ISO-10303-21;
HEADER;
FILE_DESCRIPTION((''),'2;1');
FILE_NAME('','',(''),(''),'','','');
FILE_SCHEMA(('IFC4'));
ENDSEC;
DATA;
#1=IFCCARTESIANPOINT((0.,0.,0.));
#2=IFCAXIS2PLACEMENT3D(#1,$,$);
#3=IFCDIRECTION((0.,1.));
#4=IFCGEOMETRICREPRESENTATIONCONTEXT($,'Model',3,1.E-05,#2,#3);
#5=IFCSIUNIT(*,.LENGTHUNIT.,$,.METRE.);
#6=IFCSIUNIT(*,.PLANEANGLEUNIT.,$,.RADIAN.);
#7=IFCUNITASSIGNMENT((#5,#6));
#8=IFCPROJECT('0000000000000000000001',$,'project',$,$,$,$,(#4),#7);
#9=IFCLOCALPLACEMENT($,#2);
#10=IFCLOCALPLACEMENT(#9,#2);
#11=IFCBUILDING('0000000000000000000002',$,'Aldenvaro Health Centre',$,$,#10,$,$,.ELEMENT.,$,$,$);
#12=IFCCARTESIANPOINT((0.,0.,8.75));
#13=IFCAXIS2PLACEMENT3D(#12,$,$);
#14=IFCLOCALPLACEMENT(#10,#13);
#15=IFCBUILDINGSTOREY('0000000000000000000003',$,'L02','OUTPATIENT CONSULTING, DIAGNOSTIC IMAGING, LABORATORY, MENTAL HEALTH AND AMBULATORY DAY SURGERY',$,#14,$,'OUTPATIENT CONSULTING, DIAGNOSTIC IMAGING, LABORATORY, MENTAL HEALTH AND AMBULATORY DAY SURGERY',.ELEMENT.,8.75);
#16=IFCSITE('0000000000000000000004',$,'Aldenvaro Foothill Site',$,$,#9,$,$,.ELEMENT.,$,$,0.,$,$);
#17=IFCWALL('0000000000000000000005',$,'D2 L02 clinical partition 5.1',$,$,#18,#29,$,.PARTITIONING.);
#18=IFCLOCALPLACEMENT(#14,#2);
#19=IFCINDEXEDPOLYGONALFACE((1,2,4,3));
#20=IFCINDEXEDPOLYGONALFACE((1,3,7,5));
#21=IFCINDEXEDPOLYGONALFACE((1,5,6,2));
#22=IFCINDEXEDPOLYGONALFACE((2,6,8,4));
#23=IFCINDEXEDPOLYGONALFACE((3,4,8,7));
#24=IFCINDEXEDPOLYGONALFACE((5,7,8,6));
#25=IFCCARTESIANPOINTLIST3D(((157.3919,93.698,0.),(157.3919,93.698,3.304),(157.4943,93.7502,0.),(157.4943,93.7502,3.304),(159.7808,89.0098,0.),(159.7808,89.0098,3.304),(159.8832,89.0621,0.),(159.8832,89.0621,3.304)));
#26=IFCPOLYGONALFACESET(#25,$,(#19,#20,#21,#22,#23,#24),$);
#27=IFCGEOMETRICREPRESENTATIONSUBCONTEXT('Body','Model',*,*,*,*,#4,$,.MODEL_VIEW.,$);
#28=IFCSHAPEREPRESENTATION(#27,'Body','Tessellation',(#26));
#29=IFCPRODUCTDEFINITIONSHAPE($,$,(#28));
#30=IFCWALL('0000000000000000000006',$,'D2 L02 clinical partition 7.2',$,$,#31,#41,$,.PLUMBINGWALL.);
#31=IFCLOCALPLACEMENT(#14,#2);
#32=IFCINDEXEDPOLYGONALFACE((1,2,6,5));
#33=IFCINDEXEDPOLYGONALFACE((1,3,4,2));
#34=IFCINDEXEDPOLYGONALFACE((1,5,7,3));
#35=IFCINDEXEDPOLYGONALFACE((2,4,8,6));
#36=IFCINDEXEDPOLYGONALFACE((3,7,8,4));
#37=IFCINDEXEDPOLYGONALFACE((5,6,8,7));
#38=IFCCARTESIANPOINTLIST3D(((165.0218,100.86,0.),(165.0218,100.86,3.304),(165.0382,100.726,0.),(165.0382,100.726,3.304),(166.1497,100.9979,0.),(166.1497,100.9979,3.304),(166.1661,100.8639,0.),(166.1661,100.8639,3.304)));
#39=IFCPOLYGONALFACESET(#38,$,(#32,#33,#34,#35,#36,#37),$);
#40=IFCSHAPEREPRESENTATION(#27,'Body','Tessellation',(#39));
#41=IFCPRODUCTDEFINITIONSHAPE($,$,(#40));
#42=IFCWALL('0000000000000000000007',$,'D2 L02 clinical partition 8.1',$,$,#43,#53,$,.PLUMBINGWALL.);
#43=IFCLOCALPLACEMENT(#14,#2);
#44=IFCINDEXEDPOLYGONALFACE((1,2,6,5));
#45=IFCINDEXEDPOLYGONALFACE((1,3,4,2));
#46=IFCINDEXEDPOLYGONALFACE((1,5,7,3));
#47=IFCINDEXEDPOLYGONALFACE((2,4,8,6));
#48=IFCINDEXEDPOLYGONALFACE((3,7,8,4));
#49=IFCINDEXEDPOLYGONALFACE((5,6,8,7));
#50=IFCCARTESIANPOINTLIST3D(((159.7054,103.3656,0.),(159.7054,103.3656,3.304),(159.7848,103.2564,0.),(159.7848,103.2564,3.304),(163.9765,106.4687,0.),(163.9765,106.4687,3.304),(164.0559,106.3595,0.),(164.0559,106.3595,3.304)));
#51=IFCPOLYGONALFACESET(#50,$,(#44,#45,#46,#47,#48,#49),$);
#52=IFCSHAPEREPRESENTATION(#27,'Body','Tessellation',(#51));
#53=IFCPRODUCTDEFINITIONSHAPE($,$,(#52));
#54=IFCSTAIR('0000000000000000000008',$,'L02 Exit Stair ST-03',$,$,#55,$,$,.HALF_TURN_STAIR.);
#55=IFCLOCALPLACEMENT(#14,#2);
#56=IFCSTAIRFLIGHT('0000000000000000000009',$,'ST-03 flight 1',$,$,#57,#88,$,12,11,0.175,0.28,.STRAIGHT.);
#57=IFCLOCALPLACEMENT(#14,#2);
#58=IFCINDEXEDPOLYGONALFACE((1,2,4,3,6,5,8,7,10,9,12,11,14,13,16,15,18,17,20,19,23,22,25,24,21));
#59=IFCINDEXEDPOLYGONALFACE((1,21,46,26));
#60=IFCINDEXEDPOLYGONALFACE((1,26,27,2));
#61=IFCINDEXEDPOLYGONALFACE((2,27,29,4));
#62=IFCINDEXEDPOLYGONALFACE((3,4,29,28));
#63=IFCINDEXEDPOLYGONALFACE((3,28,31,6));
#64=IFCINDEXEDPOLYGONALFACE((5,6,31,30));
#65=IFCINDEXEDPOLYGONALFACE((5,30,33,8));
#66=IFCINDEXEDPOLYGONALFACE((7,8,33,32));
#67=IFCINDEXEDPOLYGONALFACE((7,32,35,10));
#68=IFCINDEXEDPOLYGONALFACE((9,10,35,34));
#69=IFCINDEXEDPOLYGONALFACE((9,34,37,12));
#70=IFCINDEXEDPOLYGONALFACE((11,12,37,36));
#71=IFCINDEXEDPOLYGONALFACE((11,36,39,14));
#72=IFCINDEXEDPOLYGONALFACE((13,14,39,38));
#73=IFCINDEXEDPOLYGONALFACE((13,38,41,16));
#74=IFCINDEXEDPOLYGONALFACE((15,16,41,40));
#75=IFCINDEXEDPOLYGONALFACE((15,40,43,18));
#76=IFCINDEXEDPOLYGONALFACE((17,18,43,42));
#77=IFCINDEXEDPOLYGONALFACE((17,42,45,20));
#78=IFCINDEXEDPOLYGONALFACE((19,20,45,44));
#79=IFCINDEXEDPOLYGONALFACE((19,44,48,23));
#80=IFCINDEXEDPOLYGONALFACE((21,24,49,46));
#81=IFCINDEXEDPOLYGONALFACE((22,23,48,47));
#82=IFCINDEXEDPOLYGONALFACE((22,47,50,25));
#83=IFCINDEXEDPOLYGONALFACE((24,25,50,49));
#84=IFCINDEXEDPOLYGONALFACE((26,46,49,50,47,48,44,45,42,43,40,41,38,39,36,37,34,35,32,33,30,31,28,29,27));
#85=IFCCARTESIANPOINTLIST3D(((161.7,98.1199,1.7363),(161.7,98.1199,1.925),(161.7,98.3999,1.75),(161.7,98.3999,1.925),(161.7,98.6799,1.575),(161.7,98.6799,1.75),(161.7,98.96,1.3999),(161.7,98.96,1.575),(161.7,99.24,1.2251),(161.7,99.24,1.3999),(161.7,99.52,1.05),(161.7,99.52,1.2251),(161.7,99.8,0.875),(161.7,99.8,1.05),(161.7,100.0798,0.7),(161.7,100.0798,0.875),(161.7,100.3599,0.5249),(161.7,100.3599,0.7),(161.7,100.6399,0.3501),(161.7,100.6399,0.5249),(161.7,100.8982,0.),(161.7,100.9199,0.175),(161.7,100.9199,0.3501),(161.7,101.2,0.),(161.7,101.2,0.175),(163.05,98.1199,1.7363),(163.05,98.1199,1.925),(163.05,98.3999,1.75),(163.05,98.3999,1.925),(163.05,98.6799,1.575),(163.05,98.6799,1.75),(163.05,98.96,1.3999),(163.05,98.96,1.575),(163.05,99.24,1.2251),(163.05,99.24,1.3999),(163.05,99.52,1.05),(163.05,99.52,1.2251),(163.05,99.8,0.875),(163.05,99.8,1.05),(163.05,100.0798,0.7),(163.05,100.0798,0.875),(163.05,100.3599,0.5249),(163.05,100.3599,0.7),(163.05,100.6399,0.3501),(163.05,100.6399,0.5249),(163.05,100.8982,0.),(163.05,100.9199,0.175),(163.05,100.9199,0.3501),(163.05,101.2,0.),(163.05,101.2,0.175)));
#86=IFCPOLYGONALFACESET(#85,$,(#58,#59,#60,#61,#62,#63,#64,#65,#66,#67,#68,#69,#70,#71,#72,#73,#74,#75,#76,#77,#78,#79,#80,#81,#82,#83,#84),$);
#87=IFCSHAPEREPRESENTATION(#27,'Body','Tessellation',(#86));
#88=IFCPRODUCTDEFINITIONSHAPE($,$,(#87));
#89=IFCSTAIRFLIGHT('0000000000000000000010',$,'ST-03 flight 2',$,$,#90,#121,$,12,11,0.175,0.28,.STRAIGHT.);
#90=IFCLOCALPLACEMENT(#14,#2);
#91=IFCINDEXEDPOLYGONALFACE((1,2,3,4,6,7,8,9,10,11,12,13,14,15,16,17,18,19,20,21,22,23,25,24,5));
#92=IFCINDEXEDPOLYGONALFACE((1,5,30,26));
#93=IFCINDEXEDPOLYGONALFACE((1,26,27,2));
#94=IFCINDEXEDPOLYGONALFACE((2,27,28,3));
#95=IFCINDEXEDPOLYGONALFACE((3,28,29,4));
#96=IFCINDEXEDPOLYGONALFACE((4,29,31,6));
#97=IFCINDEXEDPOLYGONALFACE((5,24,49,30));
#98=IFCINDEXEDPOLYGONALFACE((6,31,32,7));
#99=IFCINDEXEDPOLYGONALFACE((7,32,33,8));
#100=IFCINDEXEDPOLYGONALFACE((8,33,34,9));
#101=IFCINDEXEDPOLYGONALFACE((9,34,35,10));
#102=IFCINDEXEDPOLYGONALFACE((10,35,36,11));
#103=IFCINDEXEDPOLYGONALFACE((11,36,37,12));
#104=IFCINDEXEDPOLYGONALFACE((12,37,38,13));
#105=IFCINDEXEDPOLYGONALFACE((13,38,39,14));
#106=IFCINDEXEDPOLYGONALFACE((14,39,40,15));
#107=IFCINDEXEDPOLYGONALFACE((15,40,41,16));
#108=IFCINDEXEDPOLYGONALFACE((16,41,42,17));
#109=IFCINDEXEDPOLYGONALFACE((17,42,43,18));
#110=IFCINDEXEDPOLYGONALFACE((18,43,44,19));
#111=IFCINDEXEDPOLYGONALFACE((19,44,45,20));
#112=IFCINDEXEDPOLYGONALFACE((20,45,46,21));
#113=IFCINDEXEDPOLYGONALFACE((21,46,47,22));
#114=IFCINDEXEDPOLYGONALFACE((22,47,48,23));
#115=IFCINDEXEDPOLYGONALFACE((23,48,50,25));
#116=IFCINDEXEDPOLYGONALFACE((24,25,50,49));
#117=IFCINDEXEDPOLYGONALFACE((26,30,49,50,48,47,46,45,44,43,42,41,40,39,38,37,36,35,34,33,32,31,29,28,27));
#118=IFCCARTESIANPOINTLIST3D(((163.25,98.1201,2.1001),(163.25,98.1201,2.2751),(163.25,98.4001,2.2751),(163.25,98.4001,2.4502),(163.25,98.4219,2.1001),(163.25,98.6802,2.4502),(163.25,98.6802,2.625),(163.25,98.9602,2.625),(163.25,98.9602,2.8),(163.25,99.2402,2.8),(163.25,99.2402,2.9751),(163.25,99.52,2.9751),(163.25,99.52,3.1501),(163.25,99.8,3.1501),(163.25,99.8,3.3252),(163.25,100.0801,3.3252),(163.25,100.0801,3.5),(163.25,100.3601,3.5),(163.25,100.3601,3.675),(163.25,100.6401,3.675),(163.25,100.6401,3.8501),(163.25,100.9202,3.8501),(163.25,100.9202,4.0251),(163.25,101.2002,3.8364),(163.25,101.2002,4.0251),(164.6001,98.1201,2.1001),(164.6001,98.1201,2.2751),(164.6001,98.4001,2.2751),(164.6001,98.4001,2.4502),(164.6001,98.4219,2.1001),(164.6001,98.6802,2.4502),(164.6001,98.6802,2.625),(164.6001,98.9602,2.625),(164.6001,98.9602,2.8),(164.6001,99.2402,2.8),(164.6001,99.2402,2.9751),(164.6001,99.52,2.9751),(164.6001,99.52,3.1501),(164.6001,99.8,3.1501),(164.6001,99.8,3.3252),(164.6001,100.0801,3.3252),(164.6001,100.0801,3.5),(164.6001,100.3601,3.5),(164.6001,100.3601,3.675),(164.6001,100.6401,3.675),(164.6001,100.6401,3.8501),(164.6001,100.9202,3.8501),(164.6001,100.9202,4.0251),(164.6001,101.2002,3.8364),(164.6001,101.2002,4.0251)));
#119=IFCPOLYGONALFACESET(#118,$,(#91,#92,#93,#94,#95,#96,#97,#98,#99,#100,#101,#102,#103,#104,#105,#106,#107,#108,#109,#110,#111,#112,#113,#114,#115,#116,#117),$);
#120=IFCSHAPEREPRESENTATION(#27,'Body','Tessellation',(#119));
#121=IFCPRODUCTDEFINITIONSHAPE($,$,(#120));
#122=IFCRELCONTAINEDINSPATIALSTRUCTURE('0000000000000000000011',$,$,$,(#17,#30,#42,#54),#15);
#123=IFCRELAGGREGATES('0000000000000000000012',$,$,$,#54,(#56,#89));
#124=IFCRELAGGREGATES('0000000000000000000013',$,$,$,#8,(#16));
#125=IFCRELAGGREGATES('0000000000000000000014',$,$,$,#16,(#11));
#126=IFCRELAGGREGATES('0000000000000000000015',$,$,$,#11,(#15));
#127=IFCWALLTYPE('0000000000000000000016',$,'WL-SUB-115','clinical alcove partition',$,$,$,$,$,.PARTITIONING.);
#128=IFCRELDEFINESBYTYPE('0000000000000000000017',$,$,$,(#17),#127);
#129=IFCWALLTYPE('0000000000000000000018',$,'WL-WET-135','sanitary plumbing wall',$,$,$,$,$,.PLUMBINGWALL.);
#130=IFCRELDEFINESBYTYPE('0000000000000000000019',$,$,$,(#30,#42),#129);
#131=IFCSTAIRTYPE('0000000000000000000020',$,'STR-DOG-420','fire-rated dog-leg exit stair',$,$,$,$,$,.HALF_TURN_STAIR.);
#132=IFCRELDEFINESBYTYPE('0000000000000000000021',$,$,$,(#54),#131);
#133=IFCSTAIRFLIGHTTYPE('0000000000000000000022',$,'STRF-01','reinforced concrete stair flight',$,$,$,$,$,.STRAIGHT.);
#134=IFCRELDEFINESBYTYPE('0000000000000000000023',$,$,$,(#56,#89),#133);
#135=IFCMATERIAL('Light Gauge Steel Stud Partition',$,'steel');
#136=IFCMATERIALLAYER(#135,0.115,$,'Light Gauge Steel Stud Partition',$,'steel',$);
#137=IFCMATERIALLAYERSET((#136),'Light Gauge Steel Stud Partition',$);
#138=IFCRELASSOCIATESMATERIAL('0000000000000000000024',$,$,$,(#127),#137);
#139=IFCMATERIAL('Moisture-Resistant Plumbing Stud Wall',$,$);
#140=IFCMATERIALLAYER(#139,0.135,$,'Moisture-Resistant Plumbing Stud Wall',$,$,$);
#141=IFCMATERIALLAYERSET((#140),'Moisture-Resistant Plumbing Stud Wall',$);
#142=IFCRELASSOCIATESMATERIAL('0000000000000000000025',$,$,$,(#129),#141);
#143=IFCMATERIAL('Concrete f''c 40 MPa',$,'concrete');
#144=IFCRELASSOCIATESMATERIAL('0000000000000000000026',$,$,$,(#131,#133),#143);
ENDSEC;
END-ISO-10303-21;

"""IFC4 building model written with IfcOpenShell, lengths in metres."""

from ifc_helpers import new_model, si_unit, direction, frame, frame_2d, origin, place, context, subcontext, project, spatial, polyline, rectangle, outline, extrude, material, layer, layer_set, type_object, element, aggregate, save


model = new_model("IFC4")

# Units and contexts
model_context = context("Model", 3, precision=1e-05, world=origin(), true_north=direction((0.0, 1.0)))
body_context = subcontext(model_context, "Body", "Model", "MODEL_VIEW")
ifc_project = project(units=[si_unit("LENGTHUNIT", "METRE"), si_unit("PLANEANGLEUNIT", "RADIAN")], contexts=[model_context])

# Site, building, storey
site_placement = place(None, origin())
site = spatial("IfcSite", under=ifc_project, at=site_placement, Name="Aldenvaro Foothill Site", CompositionType="ELEMENT", RefElevation=0.0)
building_placement = place(site_placement, origin())
building = spatial("IfcBuilding", under=site, at=building_placement, Name="Aldenvaro Health Centre", CompositionType="ELEMENT")
storey_placement = place(building_placement, frame((0.0, 0.0, 8.75)))
storey = spatial("IfcBuildingStorey", under=building, at=storey_placement, Name="L02", Description="OUTPATIENT CONSULTING, DIAGNOSTIC IMAGING, LABORATORY, MENTAL HEALTH AND AMBULATORY DAY SURGERY", LongName="OUTPATIENT CONSULTING, DIAGNOSTIC IMAGING, LABORATORY, MENTAL HEALTH AND AMBULATORY DAY SURGERY", CompositionType="ELEMENT", Elevation=8.75)

# Shared definitions
ifc_material_1 = material(Name="Concrete f'c 40 MPa", Category="concrete")

# Walls
ifc_material_2 = material(Name="Light Gauge Steel Stud Partition", Category="steel")
ifc_layer_1 = layer(ifc_material_2, 0.115, Name="Light Gauge Steel Stud Partition", Category="steel")
ifc_layer_set_1 = layer_set([ifc_layer_1], Name="Light Gauge Steel Stud Partition")
wall_type_1 = type_object("IfcWallType", Name="WL-SUB-115", Description="clinical alcove partition", PredefinedType="PARTITIONING", material=ifc_layer_set_1)
wall_1_placement = place(storey_placement, frame((157.4431, 93.7241, 0.0), z_axis=(0.0, 0.0, 1.0), x_axis=(0.454012, -0.890996, 0.0)))
element("IfcWall", 1, at=wall_1_placement, inside=storey, type_object=wall_type_1, Name="D2 L02 clinical partition 5.1", PredefinedType="PARTITIONING", context=body_context, shape_type="SweptSolid", body=[
    extrude(rectangle(XDim=5.2617, YDim=0.115, at=frame_2d((2.6309, 0.0))), origin(), (0.0, 0.0, 1.0), 3.304),
])
ifc_material_3 = material(Name="Moisture-Resistant Plumbing Stud Wall")
ifc_layer_2 = layer(ifc_material_3, 0.135, Name="Moisture-Resistant Plumbing Stud Wall")
ifc_layer_set_2 = layer_set([ifc_layer_2], Name="Moisture-Resistant Plumbing Stud Wall")
wall_type_2 = type_object("IfcWallType", Name="WL-WET-135", Description="sanitary plumbing wall", PredefinedType="PLUMBINGWALL", material=ifc_layer_set_2)
wall_2_placement = place(storey_placement, frame((165.03, 100.793, 0.0), z_axis=(0.0, 0.0, 1.0), x_axis=(0.992605, 0.12139, 0.0)))
element("IfcWall", 2, at=wall_2_placement, inside=storey, type_object=wall_type_2, Name="D2 L02 clinical partition 7.2", PredefinedType="PLUMBINGWALL", context=body_context, shape_type="SweptSolid", body=[
    extrude(rectangle(XDim=1.1362, YDim=0.135, at=frame_2d((0.5681, 0.0))), origin(), (0.0, 0.0, 1.0), 3.304),
])
wall_3_placement = place(storey_placement, frame((159.7451, 103.311, 0.0), z_axis=(0.0, 0.0, 1.0), x_axis=(0.80902, 0.587781, 0.0)))
element("IfcWall", 3, at=wall_3_placement, inside=storey, type_object=wall_type_2, Name="D2 L02 clinical partition 8.1", PredefinedType="PLUMBINGWALL", context=body_context, shape_type="SweptSolid", body=[
    extrude(rectangle(XDim=5.2793, YDim=0.135, at=frame_2d((2.6396, 0.0))), origin(), (0.0, 0.0, 1.0), 3.304),
])

# Stair, stair flights
stair_type = type_object("IfcStairType", Name="STR-DOG-420", Description="fire-rated dog-leg exit stair", PredefinedType="HALF_TURN_STAIR", material=ifc_material_1)
stair_placement = place(storey_placement, origin())
stair = element("IfcStair", 4, at=stair_placement, inside=storey, type_object=stair_type, Name="L02 Exit Stair ST-03", PredefinedType="HALF_TURN_STAIR")
stair_flight_type = type_object("IfcStairFlightType", Name="STRF-01", Description="reinforced concrete stair flight", PredefinedType="STRAIGHT", material=ifc_material_1)
stair_flight_1_placement = place(storey_placement, frame((162.375, 101.2, 0.0), z_axis=(0.0, 0.0, 1.0), x_axis=(0.0, -1.0, 0.0)))
stair_flight_1 = element("IfcStairFlight", 5, at=stair_flight_1_placement, type_object=stair_flight_type, Name="ST-03 flight 1", NumberOfRisers=12, NumberOfTreads=11, PredefinedType="STRAIGHT", RiserHeight=0.175, TreadLength=0.28, context=body_context, shape_type="SweptSolid", body=[
    extrude(outline(polyline([(0.0, 0.0), (0.0, 0.175), (0.28, 0.175), (0.28, 0.3501), (0.5601, 0.3501), (0.5601, 0.5249), (0.8401, 0.5249), (0.8401, 0.7), (1.1201, 0.7), (1.1201, 0.875), (1.3999, 0.875), (1.3999, 1.05), (1.6799, 1.05), (1.6799, 1.2251), (1.96, 1.2251), (1.96, 1.3999), (2.24, 1.3999), (2.24, 1.575), (2.52, 1.575), (2.52, 1.75), (2.8, 1.75), (2.8, 1.925), (3.0801, 1.925), (3.0801, 2.1001), (3.0801, 1.7363), (0.3018, 0.0), (0.0, 0.0)])), frame((0.0, 0.675, 0.0), z_axis=(0.0, -1.0, 0.0), x_axis=(1.0, 0.0, 0.0)), (0.0, 0.0, 1.0), 1.3501),
])
stair_flight_2_placement = place(storey_placement, frame((163.925, 98.1201, 2.1001), z_axis=(0.0, 0.0, 1.0), x_axis=(0.0, 1.0, 0.0)))
stair_flight_2 = element("IfcStairFlight", 6, at=stair_flight_2_placement, type_object=stair_flight_type, Name="ST-03 flight 2", NumberOfRisers=12, NumberOfTreads=11, PredefinedType="STRAIGHT", RiserHeight=0.175, TreadLength=0.28, context=body_context, shape_type="SweptSolid", body=[
    extrude(outline(polyline([(0.0, 0.0), (0.0, 0.175), (0.28, 0.175), (0.28, 0.3501), (0.5601, 0.3501), (0.5601, 0.5249), (0.8401, 0.5249), (0.8401, 0.7), (1.1201, 0.7), (1.1201, 0.875), (1.3999, 0.875), (1.3999, 1.05), (1.6799, 1.05), (1.6799, 1.2251), (1.96, 1.2251), (1.96, 1.3999), (2.24, 1.3999), (2.24, 1.575), (2.52, 1.575), (2.52, 1.75), (2.8, 1.75), (2.8, 1.925), (3.0801, 1.925), (3.0801, 2.1001), (3.0801, 1.7363), (0.3018, 0.0), (0.0, 0.0)])), frame((0.0, 0.675, 0.0), z_axis=(0.0, -1.0, 0.0), x_axis=(1.0, 0.0, 0.0)), (0.0, 0.0, 1.0), 1.3501),
])
aggregate(stair, [stair_flight_1, stair_flight_2])

save(model, "model.ifc")
